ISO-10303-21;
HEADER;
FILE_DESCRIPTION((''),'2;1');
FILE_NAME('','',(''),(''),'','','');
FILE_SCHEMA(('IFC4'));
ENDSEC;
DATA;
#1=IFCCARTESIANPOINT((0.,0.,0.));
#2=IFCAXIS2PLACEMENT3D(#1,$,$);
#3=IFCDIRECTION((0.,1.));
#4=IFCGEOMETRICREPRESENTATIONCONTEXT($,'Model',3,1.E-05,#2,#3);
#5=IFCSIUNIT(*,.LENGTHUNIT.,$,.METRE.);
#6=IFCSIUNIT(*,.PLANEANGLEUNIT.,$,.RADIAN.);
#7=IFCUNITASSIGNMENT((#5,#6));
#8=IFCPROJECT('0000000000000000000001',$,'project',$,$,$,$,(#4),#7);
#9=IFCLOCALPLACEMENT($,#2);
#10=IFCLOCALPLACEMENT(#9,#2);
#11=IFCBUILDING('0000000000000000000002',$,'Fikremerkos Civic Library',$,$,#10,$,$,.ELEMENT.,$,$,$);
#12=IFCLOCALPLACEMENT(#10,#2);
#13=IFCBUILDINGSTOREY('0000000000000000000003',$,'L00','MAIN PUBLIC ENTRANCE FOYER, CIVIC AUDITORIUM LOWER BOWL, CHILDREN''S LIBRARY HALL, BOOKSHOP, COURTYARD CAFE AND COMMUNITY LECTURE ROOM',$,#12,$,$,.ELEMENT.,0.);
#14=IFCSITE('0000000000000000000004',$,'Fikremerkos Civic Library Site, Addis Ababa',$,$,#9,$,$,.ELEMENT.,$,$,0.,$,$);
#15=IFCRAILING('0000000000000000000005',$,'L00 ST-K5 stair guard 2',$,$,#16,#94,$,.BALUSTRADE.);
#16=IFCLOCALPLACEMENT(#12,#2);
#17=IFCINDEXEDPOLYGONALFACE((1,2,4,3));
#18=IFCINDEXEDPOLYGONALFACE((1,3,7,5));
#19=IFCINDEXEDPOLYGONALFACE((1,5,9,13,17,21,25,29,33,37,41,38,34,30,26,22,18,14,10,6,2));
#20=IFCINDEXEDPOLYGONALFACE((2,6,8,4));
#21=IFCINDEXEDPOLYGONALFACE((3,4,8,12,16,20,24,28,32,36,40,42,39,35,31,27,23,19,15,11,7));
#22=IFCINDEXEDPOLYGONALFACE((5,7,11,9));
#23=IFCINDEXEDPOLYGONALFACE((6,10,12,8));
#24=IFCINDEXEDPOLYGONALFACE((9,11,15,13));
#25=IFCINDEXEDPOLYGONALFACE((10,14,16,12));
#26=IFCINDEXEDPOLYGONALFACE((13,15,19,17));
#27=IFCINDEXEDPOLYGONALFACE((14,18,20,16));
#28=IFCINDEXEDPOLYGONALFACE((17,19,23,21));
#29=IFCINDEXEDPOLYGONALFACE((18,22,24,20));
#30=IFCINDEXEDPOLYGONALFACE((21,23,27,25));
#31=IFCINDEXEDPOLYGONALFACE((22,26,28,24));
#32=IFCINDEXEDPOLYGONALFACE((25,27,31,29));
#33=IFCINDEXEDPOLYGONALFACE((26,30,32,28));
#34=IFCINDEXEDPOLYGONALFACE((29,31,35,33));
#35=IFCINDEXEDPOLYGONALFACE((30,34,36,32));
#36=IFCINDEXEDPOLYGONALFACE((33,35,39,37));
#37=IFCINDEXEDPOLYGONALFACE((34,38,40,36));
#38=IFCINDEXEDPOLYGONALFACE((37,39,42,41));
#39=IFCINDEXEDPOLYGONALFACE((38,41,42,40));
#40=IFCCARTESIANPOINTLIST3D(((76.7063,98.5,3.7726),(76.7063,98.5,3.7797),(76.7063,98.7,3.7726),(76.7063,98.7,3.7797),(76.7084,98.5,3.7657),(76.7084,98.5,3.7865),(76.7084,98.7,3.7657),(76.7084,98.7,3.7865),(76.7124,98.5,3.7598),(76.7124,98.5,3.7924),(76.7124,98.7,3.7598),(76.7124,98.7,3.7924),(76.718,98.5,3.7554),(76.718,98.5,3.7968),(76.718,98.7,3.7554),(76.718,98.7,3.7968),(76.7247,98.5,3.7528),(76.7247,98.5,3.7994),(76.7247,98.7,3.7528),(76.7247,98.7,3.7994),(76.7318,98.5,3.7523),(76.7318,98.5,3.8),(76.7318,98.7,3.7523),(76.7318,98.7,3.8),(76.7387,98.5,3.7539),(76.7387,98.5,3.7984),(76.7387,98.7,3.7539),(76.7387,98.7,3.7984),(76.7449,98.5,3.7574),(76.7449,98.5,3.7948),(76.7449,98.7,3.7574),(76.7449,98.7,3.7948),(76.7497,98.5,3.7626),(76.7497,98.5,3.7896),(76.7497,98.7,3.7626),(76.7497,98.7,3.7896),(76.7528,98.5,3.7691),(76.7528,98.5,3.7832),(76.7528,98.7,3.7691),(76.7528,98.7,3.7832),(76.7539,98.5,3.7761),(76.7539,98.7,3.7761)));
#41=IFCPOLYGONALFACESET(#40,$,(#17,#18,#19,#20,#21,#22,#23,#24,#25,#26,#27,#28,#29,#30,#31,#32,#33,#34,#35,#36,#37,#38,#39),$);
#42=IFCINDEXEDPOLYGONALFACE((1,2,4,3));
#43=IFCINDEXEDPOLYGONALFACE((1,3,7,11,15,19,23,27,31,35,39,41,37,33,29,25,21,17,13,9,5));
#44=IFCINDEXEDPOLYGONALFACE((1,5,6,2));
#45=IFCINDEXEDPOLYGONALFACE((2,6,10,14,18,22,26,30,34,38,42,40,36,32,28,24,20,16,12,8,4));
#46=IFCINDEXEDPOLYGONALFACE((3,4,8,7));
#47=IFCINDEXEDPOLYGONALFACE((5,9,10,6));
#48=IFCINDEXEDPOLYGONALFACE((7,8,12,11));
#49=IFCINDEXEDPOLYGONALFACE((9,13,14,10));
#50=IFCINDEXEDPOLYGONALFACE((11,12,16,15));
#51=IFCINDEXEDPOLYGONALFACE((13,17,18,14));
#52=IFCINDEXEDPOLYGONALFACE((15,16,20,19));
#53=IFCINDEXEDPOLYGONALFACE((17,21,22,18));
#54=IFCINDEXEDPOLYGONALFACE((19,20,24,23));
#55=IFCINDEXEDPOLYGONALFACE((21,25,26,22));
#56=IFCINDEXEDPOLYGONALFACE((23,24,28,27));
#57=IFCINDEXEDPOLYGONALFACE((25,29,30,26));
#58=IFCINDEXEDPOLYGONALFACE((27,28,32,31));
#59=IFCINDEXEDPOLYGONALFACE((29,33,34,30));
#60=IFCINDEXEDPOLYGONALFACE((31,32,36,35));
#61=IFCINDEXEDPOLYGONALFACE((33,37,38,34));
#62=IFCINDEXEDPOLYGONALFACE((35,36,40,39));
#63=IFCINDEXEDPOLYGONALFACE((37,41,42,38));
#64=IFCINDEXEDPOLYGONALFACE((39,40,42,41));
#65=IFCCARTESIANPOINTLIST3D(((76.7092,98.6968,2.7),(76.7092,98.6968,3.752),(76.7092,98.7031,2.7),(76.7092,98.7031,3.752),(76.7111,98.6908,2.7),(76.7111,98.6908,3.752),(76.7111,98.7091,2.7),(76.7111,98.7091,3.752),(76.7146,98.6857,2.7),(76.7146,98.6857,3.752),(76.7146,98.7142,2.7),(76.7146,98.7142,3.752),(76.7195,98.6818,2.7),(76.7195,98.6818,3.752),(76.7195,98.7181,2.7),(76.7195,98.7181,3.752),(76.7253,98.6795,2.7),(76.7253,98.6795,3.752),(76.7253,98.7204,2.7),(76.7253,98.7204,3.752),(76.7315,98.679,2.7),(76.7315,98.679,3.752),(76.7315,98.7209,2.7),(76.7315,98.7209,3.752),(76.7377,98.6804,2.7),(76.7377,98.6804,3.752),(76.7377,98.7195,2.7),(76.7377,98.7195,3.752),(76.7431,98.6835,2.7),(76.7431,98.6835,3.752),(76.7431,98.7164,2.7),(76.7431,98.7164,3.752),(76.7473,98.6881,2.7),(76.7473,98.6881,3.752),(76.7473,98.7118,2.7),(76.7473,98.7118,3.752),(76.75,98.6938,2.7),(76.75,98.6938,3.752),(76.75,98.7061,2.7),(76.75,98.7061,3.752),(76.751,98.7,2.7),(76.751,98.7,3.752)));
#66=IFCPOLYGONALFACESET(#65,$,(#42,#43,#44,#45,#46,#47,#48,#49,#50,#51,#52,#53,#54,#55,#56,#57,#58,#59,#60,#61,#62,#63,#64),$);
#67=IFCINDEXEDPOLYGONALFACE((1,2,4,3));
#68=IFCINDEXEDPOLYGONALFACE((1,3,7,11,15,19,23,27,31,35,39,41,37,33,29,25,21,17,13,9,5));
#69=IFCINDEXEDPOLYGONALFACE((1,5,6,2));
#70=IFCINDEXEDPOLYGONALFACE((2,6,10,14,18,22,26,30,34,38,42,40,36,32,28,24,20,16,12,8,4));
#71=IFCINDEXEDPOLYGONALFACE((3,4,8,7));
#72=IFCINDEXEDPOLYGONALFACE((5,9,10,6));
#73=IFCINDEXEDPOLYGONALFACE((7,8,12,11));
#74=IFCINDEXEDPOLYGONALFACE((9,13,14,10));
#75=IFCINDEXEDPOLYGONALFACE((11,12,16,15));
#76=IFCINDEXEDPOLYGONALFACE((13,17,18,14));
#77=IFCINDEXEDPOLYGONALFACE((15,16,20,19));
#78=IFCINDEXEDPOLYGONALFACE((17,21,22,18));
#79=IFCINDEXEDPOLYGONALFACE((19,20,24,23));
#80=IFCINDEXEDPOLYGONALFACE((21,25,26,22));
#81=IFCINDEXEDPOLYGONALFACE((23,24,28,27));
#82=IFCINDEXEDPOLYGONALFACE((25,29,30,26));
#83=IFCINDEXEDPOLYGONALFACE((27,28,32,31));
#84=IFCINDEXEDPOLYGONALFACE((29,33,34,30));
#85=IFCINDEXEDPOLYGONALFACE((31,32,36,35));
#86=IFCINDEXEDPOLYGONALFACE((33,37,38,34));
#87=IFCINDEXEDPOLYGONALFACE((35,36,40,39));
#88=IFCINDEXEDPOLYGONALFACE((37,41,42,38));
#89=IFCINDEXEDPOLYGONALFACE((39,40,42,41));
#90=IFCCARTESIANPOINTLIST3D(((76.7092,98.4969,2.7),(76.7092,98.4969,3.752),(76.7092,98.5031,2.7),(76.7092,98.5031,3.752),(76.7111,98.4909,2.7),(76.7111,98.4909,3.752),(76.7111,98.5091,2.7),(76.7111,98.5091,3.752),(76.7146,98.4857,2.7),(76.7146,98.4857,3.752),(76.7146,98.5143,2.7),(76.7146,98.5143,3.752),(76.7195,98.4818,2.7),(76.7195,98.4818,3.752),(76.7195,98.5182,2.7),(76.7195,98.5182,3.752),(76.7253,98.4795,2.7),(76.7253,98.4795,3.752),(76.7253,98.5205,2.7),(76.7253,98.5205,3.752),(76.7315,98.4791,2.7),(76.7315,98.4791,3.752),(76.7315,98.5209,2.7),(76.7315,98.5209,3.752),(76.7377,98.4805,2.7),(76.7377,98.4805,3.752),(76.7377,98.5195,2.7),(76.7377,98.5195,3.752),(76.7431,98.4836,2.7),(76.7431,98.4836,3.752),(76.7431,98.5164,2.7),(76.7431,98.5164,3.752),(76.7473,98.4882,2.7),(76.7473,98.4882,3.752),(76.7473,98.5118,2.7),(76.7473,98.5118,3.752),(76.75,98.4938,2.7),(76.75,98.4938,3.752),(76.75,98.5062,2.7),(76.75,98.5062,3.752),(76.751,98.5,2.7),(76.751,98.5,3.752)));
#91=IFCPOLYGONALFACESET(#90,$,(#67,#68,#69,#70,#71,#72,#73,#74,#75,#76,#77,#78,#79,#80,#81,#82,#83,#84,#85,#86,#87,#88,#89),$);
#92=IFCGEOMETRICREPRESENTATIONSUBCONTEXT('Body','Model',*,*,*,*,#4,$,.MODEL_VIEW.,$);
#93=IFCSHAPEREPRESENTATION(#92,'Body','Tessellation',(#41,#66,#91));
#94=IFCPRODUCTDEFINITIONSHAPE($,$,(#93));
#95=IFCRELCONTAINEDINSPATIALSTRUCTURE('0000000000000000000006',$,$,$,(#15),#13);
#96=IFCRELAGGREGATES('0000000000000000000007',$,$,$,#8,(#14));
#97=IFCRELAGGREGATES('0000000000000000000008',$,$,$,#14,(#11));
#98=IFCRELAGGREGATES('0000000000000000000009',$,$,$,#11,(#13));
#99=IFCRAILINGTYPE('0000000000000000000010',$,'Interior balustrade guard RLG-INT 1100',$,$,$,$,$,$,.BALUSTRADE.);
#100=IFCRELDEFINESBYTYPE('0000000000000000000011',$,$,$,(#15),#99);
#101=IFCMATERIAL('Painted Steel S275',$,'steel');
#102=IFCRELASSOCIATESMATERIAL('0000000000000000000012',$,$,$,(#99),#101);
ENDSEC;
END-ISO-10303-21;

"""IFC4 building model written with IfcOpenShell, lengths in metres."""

from ifc_helpers import new_model, si_unit, direction, frame, origin, origin_2d, place, context, subcontext, project, spatial, circle, extrude, material, type_object, element, save


model = new_model("IFC4")

# Units and contexts
model_context = context("Model", 3, precision=1e-05, world=origin(), true_north=direction((0.0, 1.0)))
body_context = subcontext(model_context, "Body", "Model", "MODEL_VIEW")
ifc_project = project(units=[si_unit("LENGTHUNIT", "METRE"), si_unit("PLANEANGLEUNIT", "RADIAN")], contexts=[model_context])

# Site, building, storey
site_placement = place(None, origin())
site = spatial("IfcSite", under=ifc_project, at=site_placement, Name="Fikremerkos Civic Library Site, Addis Ababa", CompositionType="ELEMENT", RefElevation=0.0)
building_placement = place(site_placement, origin())
building = spatial("IfcBuilding", under=site, at=building_placement, Name="Fikremerkos Civic Library", CompositionType="ELEMENT")
storey_placement = place(building_placement, origin())
storey = spatial("IfcBuildingStorey", under=building, at=storey_placement, Name="L00", Description="MAIN PUBLIC ENTRANCE FOYER, CIVIC AUDITORIUM LOWER BOWL, CHILDREN'S LIBRARY HALL, BOOKSHOP, COURTYARD CAFE AND COMMUNITY LECTURE ROOM", CompositionType="ELEMENT", Elevation=0.0)

# Railing
ifc_material_1 = material(Name="Painted Steel S275", Category="steel")
railing_type_1 = type_object("IfcRailingType", Name="Interior balustrade guard RLG-INT 1100", PredefinedType="BALUSTRADE", material=ifc_material_1)
railing_1_placement = place(storey_placement, frame((76.73, 98.7, 2.7)))
element("IfcRailing", 1, at=railing_1_placement, inside=storey, type_object=railing_type_1, Name="L00 ST-K5 stair guard 2", PredefinedType="BALUSTRADE", context=body_context, shape_type="SweptSolid", body=[
    extrude(circle(Radius=0.0239, at=origin_2d()), frame((0.0, 0.0, 1.0762), z_axis=(0.0, -1.0, 0.0), x_axis=(1.0, 0.0, 0.0)), (0.0, 0.0, 1.0), 0.2),
    extrude(circle(Radius=0.021, at=origin_2d()), origin(), (0.0, 0.0, 1.0), 1.052),
    extrude(circle(Radius=0.021, at=origin_2d()), frame((0.0, -0.2, 0.0)), (0.0, 0.0, 1.0), 1.052),
])

save(model, "model.ifc")
